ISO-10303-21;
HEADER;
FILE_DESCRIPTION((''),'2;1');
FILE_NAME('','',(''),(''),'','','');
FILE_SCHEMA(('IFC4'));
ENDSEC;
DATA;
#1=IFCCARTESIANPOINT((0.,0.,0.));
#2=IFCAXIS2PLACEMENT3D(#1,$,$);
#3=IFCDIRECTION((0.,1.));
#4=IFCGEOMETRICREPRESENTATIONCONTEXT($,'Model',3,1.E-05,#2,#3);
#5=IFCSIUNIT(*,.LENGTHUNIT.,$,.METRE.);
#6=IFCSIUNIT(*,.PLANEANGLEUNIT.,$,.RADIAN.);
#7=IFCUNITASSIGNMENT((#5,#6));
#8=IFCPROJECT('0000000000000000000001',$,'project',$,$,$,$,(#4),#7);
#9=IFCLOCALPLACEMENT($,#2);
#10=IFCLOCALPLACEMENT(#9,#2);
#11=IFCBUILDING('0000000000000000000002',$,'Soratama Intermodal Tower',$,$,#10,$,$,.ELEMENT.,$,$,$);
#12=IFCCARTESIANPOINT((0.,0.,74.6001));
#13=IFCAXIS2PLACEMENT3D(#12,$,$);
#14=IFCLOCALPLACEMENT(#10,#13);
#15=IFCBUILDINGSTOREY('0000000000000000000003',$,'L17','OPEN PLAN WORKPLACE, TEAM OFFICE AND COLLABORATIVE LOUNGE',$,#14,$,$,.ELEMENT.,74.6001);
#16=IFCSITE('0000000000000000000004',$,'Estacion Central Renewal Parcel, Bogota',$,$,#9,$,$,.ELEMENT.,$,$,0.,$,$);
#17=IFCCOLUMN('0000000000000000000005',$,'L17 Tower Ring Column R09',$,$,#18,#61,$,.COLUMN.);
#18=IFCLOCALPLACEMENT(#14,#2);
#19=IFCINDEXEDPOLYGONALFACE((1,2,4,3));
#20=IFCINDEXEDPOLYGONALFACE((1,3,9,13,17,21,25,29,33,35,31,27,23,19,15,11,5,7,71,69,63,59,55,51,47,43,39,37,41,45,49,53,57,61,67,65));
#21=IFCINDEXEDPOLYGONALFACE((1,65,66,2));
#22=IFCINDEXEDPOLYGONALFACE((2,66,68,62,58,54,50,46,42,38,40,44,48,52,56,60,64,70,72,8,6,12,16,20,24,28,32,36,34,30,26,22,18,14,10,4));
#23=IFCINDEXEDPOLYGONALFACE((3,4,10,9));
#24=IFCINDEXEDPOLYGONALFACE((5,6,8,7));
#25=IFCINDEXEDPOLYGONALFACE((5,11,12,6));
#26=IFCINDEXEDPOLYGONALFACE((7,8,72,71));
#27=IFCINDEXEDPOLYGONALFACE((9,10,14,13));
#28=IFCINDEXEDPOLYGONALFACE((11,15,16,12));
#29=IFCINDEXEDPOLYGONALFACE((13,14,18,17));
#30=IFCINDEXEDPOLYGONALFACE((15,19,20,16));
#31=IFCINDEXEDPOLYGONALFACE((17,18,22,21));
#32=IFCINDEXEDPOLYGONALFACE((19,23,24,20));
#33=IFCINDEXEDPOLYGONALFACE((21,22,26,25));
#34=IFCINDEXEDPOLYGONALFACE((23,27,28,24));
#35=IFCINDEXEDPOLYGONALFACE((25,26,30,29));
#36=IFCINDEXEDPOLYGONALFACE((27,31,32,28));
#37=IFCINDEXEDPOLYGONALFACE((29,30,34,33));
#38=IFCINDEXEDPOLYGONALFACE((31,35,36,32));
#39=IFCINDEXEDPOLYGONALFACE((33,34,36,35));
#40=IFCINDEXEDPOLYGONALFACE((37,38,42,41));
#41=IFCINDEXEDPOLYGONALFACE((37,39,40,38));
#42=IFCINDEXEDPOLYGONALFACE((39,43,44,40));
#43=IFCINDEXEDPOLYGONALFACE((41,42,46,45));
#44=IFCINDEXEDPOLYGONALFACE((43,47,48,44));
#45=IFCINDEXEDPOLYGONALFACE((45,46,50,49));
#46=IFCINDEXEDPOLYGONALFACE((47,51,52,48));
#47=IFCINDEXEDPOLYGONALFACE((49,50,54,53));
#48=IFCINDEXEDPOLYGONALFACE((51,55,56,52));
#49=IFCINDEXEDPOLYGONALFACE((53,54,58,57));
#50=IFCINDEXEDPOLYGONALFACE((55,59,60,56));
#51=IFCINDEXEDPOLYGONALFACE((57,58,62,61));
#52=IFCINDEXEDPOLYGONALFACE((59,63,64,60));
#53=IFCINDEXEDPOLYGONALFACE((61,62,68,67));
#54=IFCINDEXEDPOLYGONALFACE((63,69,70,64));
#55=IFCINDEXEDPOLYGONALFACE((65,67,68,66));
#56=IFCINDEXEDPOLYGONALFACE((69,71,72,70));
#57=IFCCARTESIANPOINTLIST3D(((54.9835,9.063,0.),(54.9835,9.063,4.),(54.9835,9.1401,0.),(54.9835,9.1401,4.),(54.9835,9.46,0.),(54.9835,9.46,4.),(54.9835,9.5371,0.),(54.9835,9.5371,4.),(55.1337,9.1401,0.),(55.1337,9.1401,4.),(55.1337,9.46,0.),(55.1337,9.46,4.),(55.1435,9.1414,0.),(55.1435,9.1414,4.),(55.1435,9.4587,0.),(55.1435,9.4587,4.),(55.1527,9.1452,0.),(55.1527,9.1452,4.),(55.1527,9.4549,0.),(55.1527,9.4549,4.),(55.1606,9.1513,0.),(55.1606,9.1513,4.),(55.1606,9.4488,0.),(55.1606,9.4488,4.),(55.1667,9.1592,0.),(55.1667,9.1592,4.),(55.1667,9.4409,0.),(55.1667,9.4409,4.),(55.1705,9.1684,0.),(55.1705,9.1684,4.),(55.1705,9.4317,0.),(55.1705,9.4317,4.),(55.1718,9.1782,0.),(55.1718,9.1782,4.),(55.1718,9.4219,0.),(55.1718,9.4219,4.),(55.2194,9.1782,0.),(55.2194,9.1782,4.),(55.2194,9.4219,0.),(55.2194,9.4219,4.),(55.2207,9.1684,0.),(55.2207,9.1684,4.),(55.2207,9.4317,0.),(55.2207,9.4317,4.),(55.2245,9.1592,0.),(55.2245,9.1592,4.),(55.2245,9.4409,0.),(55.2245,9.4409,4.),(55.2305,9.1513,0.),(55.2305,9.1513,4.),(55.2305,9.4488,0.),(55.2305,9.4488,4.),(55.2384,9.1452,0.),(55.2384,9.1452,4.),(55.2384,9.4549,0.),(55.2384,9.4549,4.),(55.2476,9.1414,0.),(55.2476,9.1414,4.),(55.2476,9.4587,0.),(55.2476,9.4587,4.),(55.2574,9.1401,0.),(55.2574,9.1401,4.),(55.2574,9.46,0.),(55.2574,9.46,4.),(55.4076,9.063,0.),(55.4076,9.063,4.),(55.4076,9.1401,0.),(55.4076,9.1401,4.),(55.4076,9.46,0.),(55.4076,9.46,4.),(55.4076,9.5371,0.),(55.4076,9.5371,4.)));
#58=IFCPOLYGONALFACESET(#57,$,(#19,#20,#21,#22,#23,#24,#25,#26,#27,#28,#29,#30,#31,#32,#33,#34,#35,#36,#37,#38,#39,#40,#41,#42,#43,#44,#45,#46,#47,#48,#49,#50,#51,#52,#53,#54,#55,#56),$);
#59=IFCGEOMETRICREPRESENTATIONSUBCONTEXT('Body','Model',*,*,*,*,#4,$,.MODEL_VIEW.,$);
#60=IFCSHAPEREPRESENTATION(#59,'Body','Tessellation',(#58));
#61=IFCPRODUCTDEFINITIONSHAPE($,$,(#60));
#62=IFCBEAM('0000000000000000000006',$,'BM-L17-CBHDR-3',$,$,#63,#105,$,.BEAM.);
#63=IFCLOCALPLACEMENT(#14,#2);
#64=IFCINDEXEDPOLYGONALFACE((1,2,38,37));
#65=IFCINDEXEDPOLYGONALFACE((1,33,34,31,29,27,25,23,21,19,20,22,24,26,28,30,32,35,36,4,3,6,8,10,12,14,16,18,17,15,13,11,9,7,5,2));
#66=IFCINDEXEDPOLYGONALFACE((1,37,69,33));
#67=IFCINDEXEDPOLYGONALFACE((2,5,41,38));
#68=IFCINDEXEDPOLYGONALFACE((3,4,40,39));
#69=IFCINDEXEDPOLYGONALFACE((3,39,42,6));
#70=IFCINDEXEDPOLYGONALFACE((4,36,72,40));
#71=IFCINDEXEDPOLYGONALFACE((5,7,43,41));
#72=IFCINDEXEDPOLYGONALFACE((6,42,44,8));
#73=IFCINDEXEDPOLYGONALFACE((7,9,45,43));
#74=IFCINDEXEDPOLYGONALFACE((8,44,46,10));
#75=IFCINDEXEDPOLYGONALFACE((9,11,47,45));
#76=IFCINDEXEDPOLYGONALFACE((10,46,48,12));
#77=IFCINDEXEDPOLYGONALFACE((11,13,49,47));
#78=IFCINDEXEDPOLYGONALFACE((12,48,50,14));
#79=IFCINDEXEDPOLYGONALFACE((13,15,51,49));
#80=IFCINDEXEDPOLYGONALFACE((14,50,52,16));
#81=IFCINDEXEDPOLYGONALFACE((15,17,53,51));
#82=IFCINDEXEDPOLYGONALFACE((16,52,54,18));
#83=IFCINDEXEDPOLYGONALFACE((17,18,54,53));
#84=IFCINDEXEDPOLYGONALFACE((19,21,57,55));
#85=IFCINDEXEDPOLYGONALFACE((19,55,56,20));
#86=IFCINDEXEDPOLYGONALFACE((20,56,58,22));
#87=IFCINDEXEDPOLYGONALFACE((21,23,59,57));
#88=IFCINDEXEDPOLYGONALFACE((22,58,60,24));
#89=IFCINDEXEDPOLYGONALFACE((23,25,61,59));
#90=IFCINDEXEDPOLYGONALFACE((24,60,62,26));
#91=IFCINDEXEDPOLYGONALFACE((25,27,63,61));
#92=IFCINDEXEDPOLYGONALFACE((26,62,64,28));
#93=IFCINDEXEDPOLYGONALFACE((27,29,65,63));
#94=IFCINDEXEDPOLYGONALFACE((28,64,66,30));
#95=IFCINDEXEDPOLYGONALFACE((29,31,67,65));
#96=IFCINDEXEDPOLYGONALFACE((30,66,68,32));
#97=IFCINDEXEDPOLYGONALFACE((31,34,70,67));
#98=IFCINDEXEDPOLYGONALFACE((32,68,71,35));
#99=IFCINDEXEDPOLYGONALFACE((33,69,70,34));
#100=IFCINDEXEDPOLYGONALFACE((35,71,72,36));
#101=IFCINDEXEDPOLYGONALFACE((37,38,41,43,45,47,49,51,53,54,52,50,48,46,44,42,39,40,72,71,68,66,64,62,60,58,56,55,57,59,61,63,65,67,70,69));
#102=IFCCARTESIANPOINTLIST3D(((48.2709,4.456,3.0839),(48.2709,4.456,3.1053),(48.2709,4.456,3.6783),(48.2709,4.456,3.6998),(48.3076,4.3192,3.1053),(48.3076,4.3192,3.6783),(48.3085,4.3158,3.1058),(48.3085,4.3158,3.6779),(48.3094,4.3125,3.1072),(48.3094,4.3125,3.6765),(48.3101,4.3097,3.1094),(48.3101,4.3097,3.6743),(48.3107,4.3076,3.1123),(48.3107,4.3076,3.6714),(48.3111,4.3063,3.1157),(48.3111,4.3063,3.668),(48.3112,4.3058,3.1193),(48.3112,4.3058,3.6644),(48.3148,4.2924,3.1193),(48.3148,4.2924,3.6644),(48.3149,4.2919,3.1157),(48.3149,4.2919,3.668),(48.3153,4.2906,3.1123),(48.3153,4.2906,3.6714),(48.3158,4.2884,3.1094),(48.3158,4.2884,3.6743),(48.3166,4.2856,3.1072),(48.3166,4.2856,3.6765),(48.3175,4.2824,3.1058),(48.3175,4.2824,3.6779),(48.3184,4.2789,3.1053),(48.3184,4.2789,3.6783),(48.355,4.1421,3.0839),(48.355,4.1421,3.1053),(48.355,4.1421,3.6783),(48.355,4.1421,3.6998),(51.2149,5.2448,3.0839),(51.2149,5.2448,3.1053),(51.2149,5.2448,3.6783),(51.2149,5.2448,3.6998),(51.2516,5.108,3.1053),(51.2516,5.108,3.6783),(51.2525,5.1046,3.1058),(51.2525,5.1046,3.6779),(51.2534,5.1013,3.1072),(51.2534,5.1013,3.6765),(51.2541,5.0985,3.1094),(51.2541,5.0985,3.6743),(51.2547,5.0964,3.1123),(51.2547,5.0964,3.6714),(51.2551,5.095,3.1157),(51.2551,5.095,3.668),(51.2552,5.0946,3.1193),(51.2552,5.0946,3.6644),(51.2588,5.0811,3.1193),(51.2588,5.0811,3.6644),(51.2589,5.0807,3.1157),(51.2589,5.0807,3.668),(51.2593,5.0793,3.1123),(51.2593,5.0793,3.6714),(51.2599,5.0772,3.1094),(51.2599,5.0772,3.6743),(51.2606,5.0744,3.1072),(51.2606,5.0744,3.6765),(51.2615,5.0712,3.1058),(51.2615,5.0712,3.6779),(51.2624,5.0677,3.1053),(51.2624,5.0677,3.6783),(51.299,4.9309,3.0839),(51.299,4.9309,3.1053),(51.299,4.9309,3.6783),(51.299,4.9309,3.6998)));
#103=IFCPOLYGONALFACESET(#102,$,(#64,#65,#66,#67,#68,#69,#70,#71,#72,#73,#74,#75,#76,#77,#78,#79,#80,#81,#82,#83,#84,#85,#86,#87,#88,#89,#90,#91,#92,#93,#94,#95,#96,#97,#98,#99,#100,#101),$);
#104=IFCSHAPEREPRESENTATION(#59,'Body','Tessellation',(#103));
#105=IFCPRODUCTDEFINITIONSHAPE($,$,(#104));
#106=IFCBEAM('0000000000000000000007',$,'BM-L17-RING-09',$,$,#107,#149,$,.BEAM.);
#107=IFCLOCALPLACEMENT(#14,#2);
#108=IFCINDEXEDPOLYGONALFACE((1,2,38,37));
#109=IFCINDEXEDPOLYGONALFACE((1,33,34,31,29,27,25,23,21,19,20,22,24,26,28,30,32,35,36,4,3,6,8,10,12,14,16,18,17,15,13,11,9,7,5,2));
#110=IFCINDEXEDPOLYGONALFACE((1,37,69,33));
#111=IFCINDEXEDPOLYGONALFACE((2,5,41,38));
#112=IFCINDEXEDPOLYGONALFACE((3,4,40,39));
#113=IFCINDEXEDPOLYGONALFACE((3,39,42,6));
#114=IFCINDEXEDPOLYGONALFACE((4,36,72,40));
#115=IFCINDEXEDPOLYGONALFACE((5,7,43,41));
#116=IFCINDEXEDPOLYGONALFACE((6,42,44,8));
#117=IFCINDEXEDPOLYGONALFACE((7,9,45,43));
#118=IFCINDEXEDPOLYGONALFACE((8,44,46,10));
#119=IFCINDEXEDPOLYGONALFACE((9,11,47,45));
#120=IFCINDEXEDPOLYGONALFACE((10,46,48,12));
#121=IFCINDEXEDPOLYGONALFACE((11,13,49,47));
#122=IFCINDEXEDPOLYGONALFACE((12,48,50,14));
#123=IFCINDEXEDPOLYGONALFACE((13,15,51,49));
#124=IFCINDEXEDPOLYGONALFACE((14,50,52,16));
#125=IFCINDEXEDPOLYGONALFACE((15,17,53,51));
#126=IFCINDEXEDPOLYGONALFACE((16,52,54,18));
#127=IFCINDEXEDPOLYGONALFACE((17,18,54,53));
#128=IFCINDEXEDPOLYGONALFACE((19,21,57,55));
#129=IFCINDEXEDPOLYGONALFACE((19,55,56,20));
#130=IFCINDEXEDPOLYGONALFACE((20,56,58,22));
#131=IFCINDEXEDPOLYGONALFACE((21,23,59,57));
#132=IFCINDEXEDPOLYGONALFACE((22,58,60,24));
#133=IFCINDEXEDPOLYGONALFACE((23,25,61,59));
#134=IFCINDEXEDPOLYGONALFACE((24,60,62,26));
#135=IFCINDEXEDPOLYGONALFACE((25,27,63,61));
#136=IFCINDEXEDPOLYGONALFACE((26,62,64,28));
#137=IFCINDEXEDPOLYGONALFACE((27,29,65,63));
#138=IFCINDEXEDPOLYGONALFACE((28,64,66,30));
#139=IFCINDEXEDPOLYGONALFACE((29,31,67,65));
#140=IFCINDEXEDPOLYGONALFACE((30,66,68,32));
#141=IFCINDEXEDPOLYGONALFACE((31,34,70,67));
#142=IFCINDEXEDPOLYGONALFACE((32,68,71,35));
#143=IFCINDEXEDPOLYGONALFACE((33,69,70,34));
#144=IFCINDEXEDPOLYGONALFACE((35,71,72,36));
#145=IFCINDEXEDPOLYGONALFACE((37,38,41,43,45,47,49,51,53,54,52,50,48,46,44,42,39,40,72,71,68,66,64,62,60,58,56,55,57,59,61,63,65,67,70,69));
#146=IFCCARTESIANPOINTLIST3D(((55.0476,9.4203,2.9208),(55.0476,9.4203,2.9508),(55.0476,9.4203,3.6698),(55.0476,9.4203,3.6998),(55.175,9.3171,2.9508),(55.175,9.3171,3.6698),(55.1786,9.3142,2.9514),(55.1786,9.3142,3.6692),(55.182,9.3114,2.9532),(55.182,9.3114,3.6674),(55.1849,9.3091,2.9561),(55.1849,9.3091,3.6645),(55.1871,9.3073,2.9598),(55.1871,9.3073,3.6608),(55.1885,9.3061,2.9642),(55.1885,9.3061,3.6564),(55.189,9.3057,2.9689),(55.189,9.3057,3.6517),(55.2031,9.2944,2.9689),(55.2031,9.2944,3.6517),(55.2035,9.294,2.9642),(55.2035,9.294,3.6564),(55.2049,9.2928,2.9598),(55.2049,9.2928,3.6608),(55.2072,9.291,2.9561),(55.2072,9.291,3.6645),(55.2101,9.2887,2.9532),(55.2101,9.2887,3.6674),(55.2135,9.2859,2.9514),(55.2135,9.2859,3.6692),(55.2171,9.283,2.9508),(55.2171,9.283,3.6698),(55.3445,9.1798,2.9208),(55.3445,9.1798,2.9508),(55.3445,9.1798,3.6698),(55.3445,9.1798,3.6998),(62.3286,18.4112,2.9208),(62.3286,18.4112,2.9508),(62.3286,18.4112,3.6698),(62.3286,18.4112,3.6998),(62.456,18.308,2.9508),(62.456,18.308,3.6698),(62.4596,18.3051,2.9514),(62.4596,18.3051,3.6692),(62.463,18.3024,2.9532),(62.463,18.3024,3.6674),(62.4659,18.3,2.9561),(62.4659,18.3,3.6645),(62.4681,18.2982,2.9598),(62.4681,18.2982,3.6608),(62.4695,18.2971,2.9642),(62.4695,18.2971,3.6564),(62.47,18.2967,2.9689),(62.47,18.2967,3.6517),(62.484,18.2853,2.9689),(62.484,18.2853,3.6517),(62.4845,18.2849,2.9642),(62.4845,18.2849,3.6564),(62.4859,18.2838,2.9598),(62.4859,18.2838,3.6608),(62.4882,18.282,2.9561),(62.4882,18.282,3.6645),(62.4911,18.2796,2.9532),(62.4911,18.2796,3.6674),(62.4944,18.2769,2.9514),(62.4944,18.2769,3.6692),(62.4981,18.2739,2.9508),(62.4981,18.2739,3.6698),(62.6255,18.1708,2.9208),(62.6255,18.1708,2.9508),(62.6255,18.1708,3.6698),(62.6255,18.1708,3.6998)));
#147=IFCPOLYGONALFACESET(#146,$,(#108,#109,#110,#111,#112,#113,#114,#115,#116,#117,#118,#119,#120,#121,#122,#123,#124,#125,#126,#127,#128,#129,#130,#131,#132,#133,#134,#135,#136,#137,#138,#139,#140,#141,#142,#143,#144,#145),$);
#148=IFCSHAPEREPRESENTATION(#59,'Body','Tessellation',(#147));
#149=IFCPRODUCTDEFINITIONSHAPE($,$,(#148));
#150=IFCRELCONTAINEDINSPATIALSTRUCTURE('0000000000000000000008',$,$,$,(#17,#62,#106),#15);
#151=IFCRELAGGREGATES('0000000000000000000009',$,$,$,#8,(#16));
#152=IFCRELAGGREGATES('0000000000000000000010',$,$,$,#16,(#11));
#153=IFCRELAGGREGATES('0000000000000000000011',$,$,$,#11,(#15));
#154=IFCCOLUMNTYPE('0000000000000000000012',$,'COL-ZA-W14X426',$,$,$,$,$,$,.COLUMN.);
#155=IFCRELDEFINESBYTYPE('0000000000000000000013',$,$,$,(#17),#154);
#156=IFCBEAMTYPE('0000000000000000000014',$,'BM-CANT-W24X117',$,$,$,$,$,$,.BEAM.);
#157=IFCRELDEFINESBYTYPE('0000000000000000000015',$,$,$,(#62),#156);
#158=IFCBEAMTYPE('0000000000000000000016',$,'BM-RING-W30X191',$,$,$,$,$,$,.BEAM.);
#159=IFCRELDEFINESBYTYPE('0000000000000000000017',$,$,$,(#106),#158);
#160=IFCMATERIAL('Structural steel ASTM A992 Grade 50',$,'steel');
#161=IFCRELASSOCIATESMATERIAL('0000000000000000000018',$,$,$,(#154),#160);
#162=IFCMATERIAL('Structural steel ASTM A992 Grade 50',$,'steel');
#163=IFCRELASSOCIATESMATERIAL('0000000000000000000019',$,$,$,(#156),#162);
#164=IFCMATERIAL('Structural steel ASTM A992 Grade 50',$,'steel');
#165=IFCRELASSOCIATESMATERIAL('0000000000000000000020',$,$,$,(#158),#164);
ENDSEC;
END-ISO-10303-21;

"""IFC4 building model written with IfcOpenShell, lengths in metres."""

from ifc_helpers import new_model, si_unit, direction, frame, origin, origin_2d, place, context, subcontext, project, spatial, i_section, extrude, material, material_profile, profile_set, type_object, element, save


model = new_model("IFC4")

# Units and contexts
model_context = context("Model", 3, precision=1e-05, world=origin(), true_north=direction((0.0, 1.0)))
body_context = subcontext(model_context, "Body", "Model", "MODEL_VIEW")
ifc_project = project(units=[si_unit("LENGTHUNIT", "METRE"), si_unit("PLANEANGLEUNIT", "RADIAN")], contexts=[model_context])

# Site, building, storey
site_placement = place(None, origin())
site = spatial("IfcSite", under=ifc_project, at=site_placement, Name="Estacion Central Renewal Parcel, Bogota", CompositionType="ELEMENT", RefElevation=0.0)
building_placement = place(site_placement, origin())
building = spatial("IfcBuilding", under=site, at=building_placement, Name="Soratama Intermodal Tower", CompositionType="ELEMENT")
storey_placement = place(building_placement, frame((0.0, 0.0, 74.6001)))
storey = spatial("IfcBuildingStorey", under=building, at=storey_placement, Name="L17", Description="OPEN PLAN WORKPLACE, TEAM OFFICE AND COLLABORATIVE LOUNGE", CompositionType="ELEMENT", Elevation=74.6001)

# Column
ifc_material_1 = material(Name="Structural steel ASTM A992 Grade 50", Category="steel")
ifc_material_profile_1 = material_profile(ifc_material_1, i_section(OverallWidth=0.4241, OverallDepth=0.4741, WebThickness=0.0476, FlangeThickness=0.0771, FilletRadius=0.0381, at=origin_2d()), Name="W14X426")
ifc_profile_set_1 = profile_set([ifc_material_profile_1], Name="Structural steel ASTM A992 Grade 50")
column_type = type_object("IfcColumnType", Name="COL-ZA-W14X426", PredefinedType="COLUMN", material=ifc_profile_set_1)
column_placement = place(storey_placement, frame((55.1956, 9.3, 0.0), z_axis=(0.0, 0.0, 1.0), x_axis=(1.0, 0.0, 0.0)))
element("IfcColumn", 1, at=column_placement, inside=storey, type_object=column_type, Name="L17 Tower Ring Column R09", PredefinedType="COLUMN", context=body_context, shape_type="SweptSolid", body=[
    extrude(i_section(OverallWidth=0.4241, OverallDepth=0.4741, WebThickness=0.0476, FlangeThickness=0.0771, FilletRadius=0.0381, at=origin_2d()), origin(), (0.0, 0.0, 1.0), 4.0),
])

# Beams
ifc_material_2 = material(Name="Structural steel ASTM A992 Grade 50", Category="steel")
ifc_material_profile_2 = material_profile(ifc_material_2, i_section(OverallWidth=0.325, OverallDepth=0.616, WebThickness=0.0139, FlangeThickness=0.0215, FilletRadius=0.0139, at=origin_2d()), Name="W24X117")
ifc_profile_set_2 = profile_set([ifc_material_profile_2], Name="Structural steel ASTM A992 Grade 50")
beam_type_1 = type_object("IfcBeamType", Name="BM-CANT-W24X117", PredefinedType="BEAM", material=ifc_profile_set_2)
beam_1_placement = place(storey_placement, frame((48.313, 4.2991, 3.3918), z_axis=(0.96593, 0.258804, 0.0), x_axis=(-0.258804, 0.96593, 0.0)))
element("IfcBeam", 2, at=beam_1_placement, inside=storey, type_object=beam_type_1, Name="BM-L17-CBHDR-3", PredefinedType="BEAM", context=body_context, shape_type="SweptSolid", body=[
    extrude(i_section(OverallWidth=0.325, OverallDepth=0.616, WebThickness=0.0139, FlangeThickness=0.0215, FilletRadius=0.0139, at=origin_2d()), origin(), (0.0, 0.0, 1.0), 3.0479),
])
ifc_material_3 = material(Name="Structural steel ASTM A992 Grade 50", Category="steel")
ifc_material_profile_3 = material_profile(ifc_material_3, i_section(OverallWidth=0.3821, OverallDepth=0.7791, WebThickness=0.0181, FlangeThickness=0.03, FilletRadius=0.0181, at=origin_2d()), Name="W30X191")
ifc_profile_set_3 = profile_set([ifc_material_profile_3], Name="Structural steel ASTM A992 Grade 50")
beam_type_2 = type_object("IfcBeamType", Name="BM-RING-W30X191", PredefinedType="BEAM", material=ifc_profile_set_3)
beam_2_placement = place(storey_placement, frame((55.196, 9.3, 3.3103), z_axis=(0.629334, 0.777135, 0.0), x_axis=(-0.777135, 0.629334, 0.0)))
element("IfcBeam", 3, at=beam_2_placement, inside=storey, type_object=beam_type_2, Name="BM-L17-RING-09", PredefinedType="BEAM", context=body_context, shape_type="SweptSolid", body=[
    extrude(i_section(OverallWidth=0.3821, OverallDepth=0.7791, WebThickness=0.0181, FlangeThickness=0.03, FilletRadius=0.0181, at=origin_2d()), origin(), (0.0, 0.0, 1.0), 11.5693),
])

save(model, "model.ifc")
